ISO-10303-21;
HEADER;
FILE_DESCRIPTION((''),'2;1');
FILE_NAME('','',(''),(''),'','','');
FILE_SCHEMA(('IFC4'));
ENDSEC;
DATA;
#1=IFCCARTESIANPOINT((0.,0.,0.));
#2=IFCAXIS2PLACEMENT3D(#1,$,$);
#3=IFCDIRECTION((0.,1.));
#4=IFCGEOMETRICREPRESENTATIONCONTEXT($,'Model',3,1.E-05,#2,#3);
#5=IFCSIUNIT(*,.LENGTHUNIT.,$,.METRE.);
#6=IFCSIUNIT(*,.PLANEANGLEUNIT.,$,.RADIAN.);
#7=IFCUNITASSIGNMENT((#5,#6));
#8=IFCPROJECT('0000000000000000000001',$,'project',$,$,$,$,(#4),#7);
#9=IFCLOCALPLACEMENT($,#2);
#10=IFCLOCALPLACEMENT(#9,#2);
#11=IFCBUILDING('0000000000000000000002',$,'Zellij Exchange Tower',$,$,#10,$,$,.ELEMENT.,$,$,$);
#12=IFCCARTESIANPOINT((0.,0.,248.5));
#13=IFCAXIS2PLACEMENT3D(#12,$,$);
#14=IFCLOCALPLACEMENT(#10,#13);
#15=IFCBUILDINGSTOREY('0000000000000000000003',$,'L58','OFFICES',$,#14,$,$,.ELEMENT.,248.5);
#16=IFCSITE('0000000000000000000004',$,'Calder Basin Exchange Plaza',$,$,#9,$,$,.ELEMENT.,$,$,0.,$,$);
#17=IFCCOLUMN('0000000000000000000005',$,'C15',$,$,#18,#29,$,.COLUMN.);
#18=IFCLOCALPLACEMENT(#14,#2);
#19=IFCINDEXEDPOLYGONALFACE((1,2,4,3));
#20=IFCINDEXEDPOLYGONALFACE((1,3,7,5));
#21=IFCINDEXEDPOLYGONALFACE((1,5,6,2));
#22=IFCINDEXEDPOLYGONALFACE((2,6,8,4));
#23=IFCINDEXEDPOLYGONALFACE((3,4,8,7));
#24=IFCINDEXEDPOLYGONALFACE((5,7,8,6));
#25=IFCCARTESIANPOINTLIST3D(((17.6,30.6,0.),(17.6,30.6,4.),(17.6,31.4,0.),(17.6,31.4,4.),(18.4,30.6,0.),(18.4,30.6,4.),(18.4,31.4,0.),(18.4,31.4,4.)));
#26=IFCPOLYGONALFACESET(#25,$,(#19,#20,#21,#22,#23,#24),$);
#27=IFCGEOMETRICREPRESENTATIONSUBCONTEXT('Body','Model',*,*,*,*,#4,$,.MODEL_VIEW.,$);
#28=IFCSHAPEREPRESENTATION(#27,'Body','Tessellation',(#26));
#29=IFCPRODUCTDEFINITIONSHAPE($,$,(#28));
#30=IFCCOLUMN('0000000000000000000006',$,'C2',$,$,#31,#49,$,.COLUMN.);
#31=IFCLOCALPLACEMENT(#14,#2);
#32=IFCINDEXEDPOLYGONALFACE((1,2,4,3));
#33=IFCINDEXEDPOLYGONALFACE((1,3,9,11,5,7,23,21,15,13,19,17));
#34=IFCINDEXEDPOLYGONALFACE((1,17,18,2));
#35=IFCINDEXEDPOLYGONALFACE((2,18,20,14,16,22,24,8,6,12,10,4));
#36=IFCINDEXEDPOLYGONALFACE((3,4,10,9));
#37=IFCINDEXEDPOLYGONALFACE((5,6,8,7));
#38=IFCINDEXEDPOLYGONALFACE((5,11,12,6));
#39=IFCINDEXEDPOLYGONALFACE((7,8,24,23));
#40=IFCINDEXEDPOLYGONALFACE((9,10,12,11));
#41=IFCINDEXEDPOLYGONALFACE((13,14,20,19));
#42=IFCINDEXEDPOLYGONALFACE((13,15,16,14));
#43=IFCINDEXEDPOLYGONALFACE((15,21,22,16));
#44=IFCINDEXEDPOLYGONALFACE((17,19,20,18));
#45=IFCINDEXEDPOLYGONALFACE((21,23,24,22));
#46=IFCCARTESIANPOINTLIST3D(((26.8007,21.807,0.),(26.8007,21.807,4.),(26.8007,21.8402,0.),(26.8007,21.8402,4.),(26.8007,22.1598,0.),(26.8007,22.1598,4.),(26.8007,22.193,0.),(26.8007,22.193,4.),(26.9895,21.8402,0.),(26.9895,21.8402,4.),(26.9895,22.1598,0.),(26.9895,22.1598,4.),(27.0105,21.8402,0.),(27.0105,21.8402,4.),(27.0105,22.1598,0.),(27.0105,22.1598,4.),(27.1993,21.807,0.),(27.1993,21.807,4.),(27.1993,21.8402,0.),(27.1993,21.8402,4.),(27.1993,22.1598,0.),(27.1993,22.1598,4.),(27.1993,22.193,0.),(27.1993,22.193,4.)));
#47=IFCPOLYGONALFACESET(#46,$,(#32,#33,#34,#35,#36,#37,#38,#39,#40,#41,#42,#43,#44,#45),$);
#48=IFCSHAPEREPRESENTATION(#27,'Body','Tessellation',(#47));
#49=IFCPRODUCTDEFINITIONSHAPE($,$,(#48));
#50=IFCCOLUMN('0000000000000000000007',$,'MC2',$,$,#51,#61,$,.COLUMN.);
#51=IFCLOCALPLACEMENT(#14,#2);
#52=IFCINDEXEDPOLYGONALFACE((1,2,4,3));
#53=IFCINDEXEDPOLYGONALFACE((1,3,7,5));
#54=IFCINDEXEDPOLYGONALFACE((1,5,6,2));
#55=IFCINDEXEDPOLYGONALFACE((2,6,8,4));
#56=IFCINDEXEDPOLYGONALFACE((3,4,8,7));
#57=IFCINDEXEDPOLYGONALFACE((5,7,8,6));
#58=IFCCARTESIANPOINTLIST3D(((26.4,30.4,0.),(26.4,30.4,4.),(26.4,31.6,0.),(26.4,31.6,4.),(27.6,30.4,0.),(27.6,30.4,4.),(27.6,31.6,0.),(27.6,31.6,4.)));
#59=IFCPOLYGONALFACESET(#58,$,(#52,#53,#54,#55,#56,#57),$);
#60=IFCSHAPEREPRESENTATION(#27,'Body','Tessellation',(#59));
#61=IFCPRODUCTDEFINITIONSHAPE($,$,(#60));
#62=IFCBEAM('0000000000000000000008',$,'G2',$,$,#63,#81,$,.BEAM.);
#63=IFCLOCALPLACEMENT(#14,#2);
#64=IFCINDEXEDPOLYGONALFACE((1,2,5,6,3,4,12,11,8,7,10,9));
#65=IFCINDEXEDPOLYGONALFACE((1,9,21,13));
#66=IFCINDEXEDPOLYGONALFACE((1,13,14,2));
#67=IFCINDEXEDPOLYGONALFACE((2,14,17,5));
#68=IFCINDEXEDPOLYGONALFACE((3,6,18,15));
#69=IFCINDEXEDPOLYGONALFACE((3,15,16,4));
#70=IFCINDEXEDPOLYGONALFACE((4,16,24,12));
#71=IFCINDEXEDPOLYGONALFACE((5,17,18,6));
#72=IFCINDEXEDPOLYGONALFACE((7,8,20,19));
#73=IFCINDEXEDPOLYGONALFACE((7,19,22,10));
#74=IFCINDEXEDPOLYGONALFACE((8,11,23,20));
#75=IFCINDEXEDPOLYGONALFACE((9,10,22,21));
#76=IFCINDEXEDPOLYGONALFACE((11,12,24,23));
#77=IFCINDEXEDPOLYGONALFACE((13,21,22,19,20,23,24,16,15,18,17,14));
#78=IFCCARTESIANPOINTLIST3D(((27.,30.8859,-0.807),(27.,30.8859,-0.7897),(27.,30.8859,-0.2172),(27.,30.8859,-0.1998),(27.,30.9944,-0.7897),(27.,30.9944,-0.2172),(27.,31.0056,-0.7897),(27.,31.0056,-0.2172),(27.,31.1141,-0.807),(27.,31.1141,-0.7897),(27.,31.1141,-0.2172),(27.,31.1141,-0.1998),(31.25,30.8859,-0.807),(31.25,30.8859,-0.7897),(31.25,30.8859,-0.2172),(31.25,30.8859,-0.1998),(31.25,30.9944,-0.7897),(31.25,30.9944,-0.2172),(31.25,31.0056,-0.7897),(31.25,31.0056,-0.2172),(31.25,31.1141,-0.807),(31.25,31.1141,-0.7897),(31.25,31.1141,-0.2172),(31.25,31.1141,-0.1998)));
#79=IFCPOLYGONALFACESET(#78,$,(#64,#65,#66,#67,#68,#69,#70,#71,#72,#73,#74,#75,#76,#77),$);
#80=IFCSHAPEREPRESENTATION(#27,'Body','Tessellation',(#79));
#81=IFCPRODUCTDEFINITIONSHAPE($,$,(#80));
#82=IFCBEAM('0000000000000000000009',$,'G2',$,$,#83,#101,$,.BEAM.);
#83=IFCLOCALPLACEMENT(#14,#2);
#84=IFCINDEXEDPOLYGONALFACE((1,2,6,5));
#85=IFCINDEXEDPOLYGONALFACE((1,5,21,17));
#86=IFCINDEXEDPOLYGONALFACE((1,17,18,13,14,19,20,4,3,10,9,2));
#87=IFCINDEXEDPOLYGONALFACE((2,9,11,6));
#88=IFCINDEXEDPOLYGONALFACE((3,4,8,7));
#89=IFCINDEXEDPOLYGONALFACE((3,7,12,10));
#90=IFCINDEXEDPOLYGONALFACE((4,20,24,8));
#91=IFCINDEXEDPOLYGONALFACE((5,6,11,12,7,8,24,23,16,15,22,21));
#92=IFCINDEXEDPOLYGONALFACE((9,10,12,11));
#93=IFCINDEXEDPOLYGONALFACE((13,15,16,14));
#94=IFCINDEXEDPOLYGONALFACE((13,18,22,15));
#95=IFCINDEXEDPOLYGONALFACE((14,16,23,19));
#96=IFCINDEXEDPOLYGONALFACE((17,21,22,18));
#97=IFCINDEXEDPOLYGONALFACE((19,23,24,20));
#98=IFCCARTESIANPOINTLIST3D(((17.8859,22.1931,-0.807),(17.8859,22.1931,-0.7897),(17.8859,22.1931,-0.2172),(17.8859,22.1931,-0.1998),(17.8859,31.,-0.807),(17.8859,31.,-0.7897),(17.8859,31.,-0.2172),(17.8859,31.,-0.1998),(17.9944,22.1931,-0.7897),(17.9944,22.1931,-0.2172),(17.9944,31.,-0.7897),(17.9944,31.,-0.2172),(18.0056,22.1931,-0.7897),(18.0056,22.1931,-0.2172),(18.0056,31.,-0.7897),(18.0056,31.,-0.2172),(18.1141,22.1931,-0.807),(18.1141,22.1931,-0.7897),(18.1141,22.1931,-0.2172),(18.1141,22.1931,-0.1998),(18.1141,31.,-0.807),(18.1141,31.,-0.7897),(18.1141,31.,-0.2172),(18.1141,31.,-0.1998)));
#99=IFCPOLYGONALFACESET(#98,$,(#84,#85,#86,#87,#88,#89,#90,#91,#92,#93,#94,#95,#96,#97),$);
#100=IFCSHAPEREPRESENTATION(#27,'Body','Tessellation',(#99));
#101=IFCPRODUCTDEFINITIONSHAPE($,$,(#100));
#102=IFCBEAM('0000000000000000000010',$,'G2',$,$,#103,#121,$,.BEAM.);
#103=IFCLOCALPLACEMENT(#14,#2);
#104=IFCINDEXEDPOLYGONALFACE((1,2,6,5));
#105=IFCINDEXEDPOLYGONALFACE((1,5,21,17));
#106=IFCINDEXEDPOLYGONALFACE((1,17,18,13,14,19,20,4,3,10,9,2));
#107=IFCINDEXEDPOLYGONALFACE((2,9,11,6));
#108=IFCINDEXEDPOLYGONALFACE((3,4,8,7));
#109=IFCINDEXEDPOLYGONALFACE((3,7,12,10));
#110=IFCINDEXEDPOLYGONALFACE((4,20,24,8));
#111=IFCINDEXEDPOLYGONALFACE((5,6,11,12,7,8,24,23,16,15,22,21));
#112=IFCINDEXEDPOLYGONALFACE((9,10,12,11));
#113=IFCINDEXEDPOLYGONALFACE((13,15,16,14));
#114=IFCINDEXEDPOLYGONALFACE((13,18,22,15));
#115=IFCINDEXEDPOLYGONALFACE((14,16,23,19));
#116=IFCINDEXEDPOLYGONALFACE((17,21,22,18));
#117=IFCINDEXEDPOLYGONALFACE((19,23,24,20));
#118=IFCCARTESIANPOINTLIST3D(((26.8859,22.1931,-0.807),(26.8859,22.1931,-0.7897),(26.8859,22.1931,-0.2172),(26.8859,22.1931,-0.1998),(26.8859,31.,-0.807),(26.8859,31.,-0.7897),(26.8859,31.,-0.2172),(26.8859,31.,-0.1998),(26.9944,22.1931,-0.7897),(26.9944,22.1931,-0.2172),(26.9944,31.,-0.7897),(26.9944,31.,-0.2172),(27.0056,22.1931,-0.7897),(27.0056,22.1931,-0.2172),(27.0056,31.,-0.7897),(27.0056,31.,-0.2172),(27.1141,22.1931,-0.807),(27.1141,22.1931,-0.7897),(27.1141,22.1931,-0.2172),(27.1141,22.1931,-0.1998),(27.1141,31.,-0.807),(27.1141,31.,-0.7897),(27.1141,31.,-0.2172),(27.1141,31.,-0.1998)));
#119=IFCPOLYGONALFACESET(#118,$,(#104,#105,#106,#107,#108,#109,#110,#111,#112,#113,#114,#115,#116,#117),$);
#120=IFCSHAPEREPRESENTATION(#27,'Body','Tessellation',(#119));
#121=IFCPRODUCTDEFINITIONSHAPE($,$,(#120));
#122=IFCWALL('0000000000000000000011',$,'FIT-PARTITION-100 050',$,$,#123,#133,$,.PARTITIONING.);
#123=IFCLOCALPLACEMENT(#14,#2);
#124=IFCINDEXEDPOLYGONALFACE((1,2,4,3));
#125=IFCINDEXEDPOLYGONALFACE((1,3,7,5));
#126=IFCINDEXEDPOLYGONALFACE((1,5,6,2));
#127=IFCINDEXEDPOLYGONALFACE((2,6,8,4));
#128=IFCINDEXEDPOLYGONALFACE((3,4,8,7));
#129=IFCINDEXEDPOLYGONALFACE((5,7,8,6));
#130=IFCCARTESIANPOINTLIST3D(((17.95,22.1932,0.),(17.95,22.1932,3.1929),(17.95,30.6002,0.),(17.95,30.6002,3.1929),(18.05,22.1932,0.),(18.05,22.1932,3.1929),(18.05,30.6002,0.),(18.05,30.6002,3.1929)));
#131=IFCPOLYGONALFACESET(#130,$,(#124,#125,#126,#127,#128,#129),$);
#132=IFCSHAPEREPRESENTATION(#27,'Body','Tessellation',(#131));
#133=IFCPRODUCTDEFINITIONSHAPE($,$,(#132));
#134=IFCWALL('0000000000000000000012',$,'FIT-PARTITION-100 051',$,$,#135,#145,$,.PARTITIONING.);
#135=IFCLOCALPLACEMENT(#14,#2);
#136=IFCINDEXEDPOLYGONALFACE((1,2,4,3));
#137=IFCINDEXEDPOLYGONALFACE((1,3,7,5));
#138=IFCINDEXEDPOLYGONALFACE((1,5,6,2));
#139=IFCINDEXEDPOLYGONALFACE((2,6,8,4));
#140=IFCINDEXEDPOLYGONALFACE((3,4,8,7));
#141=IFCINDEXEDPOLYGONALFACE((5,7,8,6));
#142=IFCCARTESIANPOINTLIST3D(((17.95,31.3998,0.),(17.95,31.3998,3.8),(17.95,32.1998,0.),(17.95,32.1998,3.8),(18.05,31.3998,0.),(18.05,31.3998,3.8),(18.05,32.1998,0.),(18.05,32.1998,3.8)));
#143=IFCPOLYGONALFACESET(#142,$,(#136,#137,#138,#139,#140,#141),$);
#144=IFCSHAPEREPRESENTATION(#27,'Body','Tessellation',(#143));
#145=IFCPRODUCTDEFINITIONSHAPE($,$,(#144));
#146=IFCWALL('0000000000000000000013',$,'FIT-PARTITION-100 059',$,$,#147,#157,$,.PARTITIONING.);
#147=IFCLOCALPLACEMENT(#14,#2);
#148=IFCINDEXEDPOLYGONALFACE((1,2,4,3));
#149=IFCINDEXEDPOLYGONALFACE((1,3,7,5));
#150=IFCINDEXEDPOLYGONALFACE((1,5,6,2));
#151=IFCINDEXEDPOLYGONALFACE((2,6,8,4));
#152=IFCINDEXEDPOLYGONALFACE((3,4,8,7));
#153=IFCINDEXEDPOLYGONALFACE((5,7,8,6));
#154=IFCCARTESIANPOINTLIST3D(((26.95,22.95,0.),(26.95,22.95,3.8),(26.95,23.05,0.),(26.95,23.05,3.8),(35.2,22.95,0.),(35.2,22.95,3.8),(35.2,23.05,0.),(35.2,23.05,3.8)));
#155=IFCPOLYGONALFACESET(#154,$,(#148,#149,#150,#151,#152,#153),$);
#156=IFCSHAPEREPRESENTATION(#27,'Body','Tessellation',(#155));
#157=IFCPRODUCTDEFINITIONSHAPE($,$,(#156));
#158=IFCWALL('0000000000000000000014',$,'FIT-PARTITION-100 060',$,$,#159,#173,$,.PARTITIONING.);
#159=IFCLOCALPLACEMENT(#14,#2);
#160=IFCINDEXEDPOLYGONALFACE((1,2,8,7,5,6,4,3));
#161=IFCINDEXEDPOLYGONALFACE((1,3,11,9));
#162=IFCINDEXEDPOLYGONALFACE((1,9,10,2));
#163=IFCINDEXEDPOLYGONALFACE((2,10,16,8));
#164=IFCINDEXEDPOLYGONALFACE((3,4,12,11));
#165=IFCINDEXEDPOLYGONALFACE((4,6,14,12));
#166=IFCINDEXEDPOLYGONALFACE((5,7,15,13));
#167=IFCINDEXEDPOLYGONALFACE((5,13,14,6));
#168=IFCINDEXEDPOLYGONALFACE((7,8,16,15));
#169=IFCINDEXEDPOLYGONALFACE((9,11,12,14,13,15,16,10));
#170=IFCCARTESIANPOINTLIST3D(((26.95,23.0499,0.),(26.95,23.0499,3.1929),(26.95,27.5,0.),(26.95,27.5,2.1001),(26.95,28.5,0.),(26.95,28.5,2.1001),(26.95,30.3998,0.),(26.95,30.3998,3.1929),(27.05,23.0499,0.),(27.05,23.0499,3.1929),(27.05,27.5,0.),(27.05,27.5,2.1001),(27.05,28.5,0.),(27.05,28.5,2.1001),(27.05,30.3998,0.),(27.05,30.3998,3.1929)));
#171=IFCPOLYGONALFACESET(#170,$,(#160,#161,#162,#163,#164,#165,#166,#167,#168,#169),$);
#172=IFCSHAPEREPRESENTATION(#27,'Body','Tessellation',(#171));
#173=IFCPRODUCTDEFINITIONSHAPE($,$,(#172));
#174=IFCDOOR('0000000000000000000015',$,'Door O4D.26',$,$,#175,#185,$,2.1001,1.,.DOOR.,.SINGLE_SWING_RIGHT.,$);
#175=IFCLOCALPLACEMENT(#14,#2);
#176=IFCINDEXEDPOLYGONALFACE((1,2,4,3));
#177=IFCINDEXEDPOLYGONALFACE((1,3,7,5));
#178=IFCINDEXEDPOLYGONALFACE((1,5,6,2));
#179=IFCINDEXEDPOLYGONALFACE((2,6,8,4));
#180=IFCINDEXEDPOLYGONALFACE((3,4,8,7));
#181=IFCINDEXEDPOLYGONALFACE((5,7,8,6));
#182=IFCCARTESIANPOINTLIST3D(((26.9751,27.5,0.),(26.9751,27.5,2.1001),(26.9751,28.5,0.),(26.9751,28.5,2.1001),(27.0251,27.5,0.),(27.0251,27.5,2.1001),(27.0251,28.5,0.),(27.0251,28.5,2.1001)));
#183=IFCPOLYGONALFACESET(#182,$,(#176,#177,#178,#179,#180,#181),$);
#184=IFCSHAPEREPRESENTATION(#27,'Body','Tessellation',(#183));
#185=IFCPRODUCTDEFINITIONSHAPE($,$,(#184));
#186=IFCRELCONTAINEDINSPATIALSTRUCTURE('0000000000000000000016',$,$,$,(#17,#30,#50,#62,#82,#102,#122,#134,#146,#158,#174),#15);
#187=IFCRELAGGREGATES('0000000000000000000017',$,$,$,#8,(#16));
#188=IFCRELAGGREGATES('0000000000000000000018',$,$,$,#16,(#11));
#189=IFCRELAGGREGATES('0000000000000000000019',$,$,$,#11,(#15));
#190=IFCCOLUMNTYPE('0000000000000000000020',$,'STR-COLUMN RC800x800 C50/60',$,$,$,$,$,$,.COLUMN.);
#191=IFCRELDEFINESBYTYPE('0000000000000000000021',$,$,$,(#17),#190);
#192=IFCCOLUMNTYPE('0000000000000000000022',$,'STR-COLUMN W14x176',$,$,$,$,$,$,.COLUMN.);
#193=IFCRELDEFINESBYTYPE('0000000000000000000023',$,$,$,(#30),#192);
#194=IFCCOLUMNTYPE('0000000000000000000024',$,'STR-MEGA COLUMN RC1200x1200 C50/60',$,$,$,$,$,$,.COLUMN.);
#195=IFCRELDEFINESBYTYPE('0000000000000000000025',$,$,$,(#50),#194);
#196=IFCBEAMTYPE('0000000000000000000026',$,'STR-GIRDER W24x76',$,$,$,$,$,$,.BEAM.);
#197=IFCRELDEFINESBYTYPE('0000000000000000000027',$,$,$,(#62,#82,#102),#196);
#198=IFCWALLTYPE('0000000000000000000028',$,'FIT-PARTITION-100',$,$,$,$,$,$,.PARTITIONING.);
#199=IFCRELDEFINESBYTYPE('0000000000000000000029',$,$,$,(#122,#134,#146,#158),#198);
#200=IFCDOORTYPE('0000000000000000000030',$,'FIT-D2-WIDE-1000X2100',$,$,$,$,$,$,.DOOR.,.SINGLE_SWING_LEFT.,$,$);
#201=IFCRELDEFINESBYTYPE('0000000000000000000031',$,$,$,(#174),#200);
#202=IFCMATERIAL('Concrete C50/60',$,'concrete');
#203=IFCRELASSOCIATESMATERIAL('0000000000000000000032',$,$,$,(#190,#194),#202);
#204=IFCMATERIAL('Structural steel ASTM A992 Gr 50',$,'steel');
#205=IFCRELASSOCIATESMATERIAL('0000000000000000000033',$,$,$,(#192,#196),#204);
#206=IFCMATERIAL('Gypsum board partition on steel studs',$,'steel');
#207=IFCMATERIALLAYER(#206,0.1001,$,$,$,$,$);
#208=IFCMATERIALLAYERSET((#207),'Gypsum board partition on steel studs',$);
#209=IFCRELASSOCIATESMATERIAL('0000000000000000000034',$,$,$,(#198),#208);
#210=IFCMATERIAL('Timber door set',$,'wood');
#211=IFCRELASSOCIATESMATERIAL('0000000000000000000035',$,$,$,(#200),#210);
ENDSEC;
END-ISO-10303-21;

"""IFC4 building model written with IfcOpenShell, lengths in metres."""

from ifc_helpers import new_model, si_unit, direction, frame, frame_2d, origin, origin_2d, place, context, subcontext, project, spatial, rectangle, i_section, extrude, material, layer, layer_set, material_profile, profile_set, type_object, element, fill, save


model = new_model("IFC4")

# Units and contexts
model_context = context("Model", 3, precision=1e-05, world=origin(), true_north=direction((0.0, 1.0)))
body_context = subcontext(model_context, "Body", "Model", "MODEL_VIEW")
ifc_project = project(units=[si_unit("LENGTHUNIT", "METRE"), si_unit("PLANEANGLEUNIT", "RADIAN")], contexts=[model_context])

# Site, building, storey
site_placement = place(None, origin())
site = spatial("IfcSite", under=ifc_project, at=site_placement, Name="Calder Basin Exchange Plaza", CompositionType="ELEMENT", RefElevation=0.0)
building_placement = place(site_placement, origin())
building = spatial("IfcBuilding", under=site, at=building_placement, Name="Zellij Exchange Tower", CompositionType="ELEMENT")
storey_placement = place(building_placement, frame((0.0, 0.0, 248.5)))
storey = spatial("IfcBuildingStorey", under=building, at=storey_placement, Name="L58", Description="OFFICES", CompositionType="ELEMENT", Elevation=248.5)

# Columns
ifc_material_1 = material(Name="Concrete C50/60", Category="concrete")
ifc_material_profile_1 = material_profile(ifc_material_1, rectangle(XDim=0.8, YDim=0.8, at=origin_2d()), Name="STR-COLUMN RC800x800 C50/60")
ifc_profile_set_1 = profile_set([ifc_material_profile_1], Name="Concrete C50/60")
column_type_1 = type_object("IfcColumnType", Name="STR-COLUMN RC800x800 C50/60", PredefinedType="COLUMN", material=ifc_profile_set_1)
column_1_placement = place(storey_placement, frame((18.0, 31.0, 0.0), z_axis=(0.0, 0.0, 1.0), x_axis=(1.0, 0.0, 0.0)))
element("IfcColumn", 1, at=column_1_placement, inside=storey, type_object=column_type_1, Name="C15", PredefinedType="COLUMN", context=body_context, shape_type="SweptSolid", body=[
    extrude(rectangle(XDim=0.8, YDim=0.8, at=origin_2d()), origin(), (0.0, 0.0, 1.0), 4.0),
])
ifc_material_2 = material(Name="Structural steel ASTM A992 Gr 50", Category="steel")
ifc_material_profile_2 = material_profile(ifc_material_2, i_section(OverallWidth=0.3987, OverallDepth=0.386, WebThickness=0.021, FlangeThickness=0.0332, at=origin_2d()), Name="W14x176")
ifc_profile_set_2 = profile_set([ifc_material_profile_2], Name="Structural steel ASTM A992 Gr 50")
column_type_2 = type_object("IfcColumnType", Name="STR-COLUMN W14x176", PredefinedType="COLUMN", material=ifc_profile_set_2)
column_2_placement = place(storey_placement, frame((27.0, 22.0, 0.0), z_axis=(0.0, 0.0, 1.0), x_axis=(1.0, 0.0, 0.0)))
element("IfcColumn", 2, at=column_2_placement, inside=storey, type_object=column_type_2, Name="C2", PredefinedType="COLUMN", context=body_context, shape_type="SweptSolid", body=[
    extrude(i_section(OverallWidth=0.3987, OverallDepth=0.386, WebThickness=0.021, FlangeThickness=0.0332, at=origin_2d()), origin(), (0.0, 0.0, 1.0), 4.0),
])
ifc_material_profile_3 = material_profile(ifc_material_1, rectangle(XDim=1.2, YDim=1.2, at=origin_2d()), Name="STR-MEGA COLUMN RC1200x1200 C50/60")
ifc_profile_set_3 = profile_set([ifc_material_profile_3], Name="Concrete C50/60")
column_type_3 = type_object("IfcColumnType", Name="STR-MEGA COLUMN RC1200x1200 C50/60", PredefinedType="COLUMN", material=ifc_profile_set_3)
column_3_placement = place(storey_placement, frame((27.0, 31.0, 0.0), z_axis=(0.0, 0.0, 1.0), x_axis=(1.0, 0.0, 0.0)))
element("IfcColumn", 3, at=column_3_placement, inside=storey, type_object=column_type_3, Name="MC2", PredefinedType="COLUMN", context=body_context, shape_type="SweptSolid", body=[
    extrude(rectangle(XDim=1.2, YDim=1.2, at=origin_2d()), origin(), (0.0, 0.0, 1.0), 4.0),
])

# Beams
ifc_material_profile_4 = material_profile(ifc_material_2, i_section(OverallWidth=0.2283, OverallDepth=0.6072, WebThickness=0.0112, FlangeThickness=0.0173, at=origin_2d()), Name="W24x76")
ifc_profile_set_4 = profile_set([ifc_material_profile_4], Name="Structural steel ASTM A992 Gr 50")
beam_type = type_object("IfcBeamType", Name="STR-GIRDER W24x76", PredefinedType="BEAM", material=ifc_profile_set_4)
beam_placement = place(storey_placement, frame((27.0, 31.0, -0.5034), z_axis=(1.0, 0.0, 0.0), x_axis=(0.0, 1.0, 0.0)))
element("IfcBeam", 4, at=beam_placement, inside=storey, type_object=beam_type, Name="G2", PredefinedType="BEAM", context=body_context, shape_type="SweptSolid", body=[
    extrude(i_section(OverallWidth=0.2283, OverallDepth=0.6072, WebThickness=0.0112, FlangeThickness=0.0173, at=origin_2d()), origin(), (0.0, 0.0, 1.0), 4.25),
])
for number, where, z_axis, x_axis, name in (
    (5, (18.0, 22.1931, -0.5034), (0.0, 1.0, 0.0), (-1.0, 0.0, 0.0), "G2"),
    (6, (27.0, 22.1931, -0.5034), (0.0, 1.0, 0.0), (-1.0, 0.0, 0.0), "G2"),
):
    element("IfcBeam", number, at=place(storey_placement, frame(where, z_axis=z_axis, x_axis=x_axis)), inside=storey, type_object=beam_type, Name=name, PredefinedType="BEAM", context=body_context, shape_type="SweptSolid", body=[
        extrude(i_section(OverallWidth=0.2283, OverallDepth=0.6072, WebThickness=0.0112, FlangeThickness=0.0173, at=origin_2d()), origin(), (0.0, 0.0, 1.0), 8.8069),
    ])

# Walls
ifc_material_3 = material(Name="Gypsum board partition on steel studs", Category="steel")
ifc_layer = layer(ifc_material_3, 0.1001)
ifc_layer_set = layer_set([ifc_layer], Name="Gypsum board partition on steel studs")
wall_type = type_object("IfcWallType", Name="FIT-PARTITION-100", PredefinedType="PARTITIONING", material=ifc_layer_set)
wall_1_placement = place(storey_placement, frame((18.0, 22.1931, 0.0), z_axis=(0.0, 0.0, 1.0), x_axis=(0.0, 1.0, 0.0)))
element("IfcWall", 7, at=wall_1_placement, inside=storey, type_object=wall_type, Name="FIT-PARTITION-100 050", PredefinedType="PARTITIONING", context=body_context, shape_type="SweptSolid", body=[
    extrude(rectangle(XDim=8.407, YDim=0.1001, at=frame_2d((4.2036, 0.0))), origin(), (0.0, 0.0, 1.0), 3.1929),
])
wall_2_placement = place(storey_placement, frame((18.0, 31.3999, 0.0), z_axis=(0.0, 0.0, 1.0), x_axis=(0.0, 1.0, 0.0)))
element("IfcWall", 8, at=wall_2_placement, inside=storey, type_object=wall_type, Name="FIT-PARTITION-100 051", PredefinedType="PARTITIONING", context=body_context, shape_type="SweptSolid", body=[
    extrude(rectangle(XDim=0.8, YDim=0.1001, at=frame_2d((0.3999, 0.0))), origin(), (0.0, 0.0, 1.0), 3.8),
])
wall_3_placement = place(storey_placement, frame((26.95, 23.0, 0.0), z_axis=(0.0, 0.0, 1.0), x_axis=(1.0, 0.0, 0.0)))
element("IfcWall", 9, at=wall_3_placement, inside=storey, type_object=wall_type, Name="FIT-PARTITION-100 059", PredefinedType="PARTITIONING", context=body_context, shape_type="SweptSolid", body=[
    extrude(rectangle(XDim=8.25, YDim=0.1001, at=frame_2d((4.125, 0.0))), origin(), (0.0, 0.0, 1.0), 3.8),
])

# Wall, opening, door
wall_4_placement = place(storey_placement, frame((27.0, 23.05, 0.0), z_axis=(0.0, 0.0, 1.0), x_axis=(0.0, 1.0, 0.0)))
wall_4 = element("IfcWall", 10, at=wall_4_placement, inside=storey, type_object=wall_type, Name="FIT-PARTITION-100 060", PredefinedType="PARTITIONING", context=body_context, shape_type="SweptSolid", body=[
    extrude(rectangle(XDim=7.3499, YDim=0.1001, at=frame_2d((3.6748, 0.0))), origin(), (0.0, 0.0, 1.0), 3.1929),
])
opening_placement = place(wall_4_placement, frame((4.45, 0.0, 0.0)))
opening = element("IfcOpeningElement", 11, at=opening_placement, cuts=wall_4, PredefinedType="OPENING", context=body_context, shape_type="SweptSolid", body=[
    extrude(rectangle(XDim=1.0, YDim=2.1001, at=frame_2d((0.5, 1.05))), frame((0.0, 0.062, 0.0), z_axis=(0.0, -1.0, 0.0), x_axis=(1.0, 0.0, 0.0)), (0.0, 0.0, 1.0), 0.124),
])
ifc_material_4 = material(Name="Timber door set", Category="wood")
door_type = type_object("IfcDoorType", Name="FIT-D2-WIDE-1000X2100", OperationType="SINGLE_SWING_LEFT", PredefinedType="DOOR", material=ifc_material_4)
door_placement = place(opening_placement, origin())
door = element("IfcDoor", 12, at=door_placement, inside=storey, type_object=door_type, Name="Door O4D.26", OperationType="SINGLE_SWING_RIGHT", OverallHeight=2.1001, OverallWidth=1.0, PredefinedType="DOOR", context=body_context, shape_type="SweptSolid", body=[
    extrude(rectangle(XDim=1.0, YDim=2.1001, at=frame_2d((0.5, 1.05))), frame((0.0, 0.0249, 0.0), z_axis=(0.0, -1.0, 0.0), x_axis=(1.0, 0.0, 0.0)), (0.0, 0.0, 1.0), 0.05),
])
fill(opening, door)

save(model, "model.ifc")
